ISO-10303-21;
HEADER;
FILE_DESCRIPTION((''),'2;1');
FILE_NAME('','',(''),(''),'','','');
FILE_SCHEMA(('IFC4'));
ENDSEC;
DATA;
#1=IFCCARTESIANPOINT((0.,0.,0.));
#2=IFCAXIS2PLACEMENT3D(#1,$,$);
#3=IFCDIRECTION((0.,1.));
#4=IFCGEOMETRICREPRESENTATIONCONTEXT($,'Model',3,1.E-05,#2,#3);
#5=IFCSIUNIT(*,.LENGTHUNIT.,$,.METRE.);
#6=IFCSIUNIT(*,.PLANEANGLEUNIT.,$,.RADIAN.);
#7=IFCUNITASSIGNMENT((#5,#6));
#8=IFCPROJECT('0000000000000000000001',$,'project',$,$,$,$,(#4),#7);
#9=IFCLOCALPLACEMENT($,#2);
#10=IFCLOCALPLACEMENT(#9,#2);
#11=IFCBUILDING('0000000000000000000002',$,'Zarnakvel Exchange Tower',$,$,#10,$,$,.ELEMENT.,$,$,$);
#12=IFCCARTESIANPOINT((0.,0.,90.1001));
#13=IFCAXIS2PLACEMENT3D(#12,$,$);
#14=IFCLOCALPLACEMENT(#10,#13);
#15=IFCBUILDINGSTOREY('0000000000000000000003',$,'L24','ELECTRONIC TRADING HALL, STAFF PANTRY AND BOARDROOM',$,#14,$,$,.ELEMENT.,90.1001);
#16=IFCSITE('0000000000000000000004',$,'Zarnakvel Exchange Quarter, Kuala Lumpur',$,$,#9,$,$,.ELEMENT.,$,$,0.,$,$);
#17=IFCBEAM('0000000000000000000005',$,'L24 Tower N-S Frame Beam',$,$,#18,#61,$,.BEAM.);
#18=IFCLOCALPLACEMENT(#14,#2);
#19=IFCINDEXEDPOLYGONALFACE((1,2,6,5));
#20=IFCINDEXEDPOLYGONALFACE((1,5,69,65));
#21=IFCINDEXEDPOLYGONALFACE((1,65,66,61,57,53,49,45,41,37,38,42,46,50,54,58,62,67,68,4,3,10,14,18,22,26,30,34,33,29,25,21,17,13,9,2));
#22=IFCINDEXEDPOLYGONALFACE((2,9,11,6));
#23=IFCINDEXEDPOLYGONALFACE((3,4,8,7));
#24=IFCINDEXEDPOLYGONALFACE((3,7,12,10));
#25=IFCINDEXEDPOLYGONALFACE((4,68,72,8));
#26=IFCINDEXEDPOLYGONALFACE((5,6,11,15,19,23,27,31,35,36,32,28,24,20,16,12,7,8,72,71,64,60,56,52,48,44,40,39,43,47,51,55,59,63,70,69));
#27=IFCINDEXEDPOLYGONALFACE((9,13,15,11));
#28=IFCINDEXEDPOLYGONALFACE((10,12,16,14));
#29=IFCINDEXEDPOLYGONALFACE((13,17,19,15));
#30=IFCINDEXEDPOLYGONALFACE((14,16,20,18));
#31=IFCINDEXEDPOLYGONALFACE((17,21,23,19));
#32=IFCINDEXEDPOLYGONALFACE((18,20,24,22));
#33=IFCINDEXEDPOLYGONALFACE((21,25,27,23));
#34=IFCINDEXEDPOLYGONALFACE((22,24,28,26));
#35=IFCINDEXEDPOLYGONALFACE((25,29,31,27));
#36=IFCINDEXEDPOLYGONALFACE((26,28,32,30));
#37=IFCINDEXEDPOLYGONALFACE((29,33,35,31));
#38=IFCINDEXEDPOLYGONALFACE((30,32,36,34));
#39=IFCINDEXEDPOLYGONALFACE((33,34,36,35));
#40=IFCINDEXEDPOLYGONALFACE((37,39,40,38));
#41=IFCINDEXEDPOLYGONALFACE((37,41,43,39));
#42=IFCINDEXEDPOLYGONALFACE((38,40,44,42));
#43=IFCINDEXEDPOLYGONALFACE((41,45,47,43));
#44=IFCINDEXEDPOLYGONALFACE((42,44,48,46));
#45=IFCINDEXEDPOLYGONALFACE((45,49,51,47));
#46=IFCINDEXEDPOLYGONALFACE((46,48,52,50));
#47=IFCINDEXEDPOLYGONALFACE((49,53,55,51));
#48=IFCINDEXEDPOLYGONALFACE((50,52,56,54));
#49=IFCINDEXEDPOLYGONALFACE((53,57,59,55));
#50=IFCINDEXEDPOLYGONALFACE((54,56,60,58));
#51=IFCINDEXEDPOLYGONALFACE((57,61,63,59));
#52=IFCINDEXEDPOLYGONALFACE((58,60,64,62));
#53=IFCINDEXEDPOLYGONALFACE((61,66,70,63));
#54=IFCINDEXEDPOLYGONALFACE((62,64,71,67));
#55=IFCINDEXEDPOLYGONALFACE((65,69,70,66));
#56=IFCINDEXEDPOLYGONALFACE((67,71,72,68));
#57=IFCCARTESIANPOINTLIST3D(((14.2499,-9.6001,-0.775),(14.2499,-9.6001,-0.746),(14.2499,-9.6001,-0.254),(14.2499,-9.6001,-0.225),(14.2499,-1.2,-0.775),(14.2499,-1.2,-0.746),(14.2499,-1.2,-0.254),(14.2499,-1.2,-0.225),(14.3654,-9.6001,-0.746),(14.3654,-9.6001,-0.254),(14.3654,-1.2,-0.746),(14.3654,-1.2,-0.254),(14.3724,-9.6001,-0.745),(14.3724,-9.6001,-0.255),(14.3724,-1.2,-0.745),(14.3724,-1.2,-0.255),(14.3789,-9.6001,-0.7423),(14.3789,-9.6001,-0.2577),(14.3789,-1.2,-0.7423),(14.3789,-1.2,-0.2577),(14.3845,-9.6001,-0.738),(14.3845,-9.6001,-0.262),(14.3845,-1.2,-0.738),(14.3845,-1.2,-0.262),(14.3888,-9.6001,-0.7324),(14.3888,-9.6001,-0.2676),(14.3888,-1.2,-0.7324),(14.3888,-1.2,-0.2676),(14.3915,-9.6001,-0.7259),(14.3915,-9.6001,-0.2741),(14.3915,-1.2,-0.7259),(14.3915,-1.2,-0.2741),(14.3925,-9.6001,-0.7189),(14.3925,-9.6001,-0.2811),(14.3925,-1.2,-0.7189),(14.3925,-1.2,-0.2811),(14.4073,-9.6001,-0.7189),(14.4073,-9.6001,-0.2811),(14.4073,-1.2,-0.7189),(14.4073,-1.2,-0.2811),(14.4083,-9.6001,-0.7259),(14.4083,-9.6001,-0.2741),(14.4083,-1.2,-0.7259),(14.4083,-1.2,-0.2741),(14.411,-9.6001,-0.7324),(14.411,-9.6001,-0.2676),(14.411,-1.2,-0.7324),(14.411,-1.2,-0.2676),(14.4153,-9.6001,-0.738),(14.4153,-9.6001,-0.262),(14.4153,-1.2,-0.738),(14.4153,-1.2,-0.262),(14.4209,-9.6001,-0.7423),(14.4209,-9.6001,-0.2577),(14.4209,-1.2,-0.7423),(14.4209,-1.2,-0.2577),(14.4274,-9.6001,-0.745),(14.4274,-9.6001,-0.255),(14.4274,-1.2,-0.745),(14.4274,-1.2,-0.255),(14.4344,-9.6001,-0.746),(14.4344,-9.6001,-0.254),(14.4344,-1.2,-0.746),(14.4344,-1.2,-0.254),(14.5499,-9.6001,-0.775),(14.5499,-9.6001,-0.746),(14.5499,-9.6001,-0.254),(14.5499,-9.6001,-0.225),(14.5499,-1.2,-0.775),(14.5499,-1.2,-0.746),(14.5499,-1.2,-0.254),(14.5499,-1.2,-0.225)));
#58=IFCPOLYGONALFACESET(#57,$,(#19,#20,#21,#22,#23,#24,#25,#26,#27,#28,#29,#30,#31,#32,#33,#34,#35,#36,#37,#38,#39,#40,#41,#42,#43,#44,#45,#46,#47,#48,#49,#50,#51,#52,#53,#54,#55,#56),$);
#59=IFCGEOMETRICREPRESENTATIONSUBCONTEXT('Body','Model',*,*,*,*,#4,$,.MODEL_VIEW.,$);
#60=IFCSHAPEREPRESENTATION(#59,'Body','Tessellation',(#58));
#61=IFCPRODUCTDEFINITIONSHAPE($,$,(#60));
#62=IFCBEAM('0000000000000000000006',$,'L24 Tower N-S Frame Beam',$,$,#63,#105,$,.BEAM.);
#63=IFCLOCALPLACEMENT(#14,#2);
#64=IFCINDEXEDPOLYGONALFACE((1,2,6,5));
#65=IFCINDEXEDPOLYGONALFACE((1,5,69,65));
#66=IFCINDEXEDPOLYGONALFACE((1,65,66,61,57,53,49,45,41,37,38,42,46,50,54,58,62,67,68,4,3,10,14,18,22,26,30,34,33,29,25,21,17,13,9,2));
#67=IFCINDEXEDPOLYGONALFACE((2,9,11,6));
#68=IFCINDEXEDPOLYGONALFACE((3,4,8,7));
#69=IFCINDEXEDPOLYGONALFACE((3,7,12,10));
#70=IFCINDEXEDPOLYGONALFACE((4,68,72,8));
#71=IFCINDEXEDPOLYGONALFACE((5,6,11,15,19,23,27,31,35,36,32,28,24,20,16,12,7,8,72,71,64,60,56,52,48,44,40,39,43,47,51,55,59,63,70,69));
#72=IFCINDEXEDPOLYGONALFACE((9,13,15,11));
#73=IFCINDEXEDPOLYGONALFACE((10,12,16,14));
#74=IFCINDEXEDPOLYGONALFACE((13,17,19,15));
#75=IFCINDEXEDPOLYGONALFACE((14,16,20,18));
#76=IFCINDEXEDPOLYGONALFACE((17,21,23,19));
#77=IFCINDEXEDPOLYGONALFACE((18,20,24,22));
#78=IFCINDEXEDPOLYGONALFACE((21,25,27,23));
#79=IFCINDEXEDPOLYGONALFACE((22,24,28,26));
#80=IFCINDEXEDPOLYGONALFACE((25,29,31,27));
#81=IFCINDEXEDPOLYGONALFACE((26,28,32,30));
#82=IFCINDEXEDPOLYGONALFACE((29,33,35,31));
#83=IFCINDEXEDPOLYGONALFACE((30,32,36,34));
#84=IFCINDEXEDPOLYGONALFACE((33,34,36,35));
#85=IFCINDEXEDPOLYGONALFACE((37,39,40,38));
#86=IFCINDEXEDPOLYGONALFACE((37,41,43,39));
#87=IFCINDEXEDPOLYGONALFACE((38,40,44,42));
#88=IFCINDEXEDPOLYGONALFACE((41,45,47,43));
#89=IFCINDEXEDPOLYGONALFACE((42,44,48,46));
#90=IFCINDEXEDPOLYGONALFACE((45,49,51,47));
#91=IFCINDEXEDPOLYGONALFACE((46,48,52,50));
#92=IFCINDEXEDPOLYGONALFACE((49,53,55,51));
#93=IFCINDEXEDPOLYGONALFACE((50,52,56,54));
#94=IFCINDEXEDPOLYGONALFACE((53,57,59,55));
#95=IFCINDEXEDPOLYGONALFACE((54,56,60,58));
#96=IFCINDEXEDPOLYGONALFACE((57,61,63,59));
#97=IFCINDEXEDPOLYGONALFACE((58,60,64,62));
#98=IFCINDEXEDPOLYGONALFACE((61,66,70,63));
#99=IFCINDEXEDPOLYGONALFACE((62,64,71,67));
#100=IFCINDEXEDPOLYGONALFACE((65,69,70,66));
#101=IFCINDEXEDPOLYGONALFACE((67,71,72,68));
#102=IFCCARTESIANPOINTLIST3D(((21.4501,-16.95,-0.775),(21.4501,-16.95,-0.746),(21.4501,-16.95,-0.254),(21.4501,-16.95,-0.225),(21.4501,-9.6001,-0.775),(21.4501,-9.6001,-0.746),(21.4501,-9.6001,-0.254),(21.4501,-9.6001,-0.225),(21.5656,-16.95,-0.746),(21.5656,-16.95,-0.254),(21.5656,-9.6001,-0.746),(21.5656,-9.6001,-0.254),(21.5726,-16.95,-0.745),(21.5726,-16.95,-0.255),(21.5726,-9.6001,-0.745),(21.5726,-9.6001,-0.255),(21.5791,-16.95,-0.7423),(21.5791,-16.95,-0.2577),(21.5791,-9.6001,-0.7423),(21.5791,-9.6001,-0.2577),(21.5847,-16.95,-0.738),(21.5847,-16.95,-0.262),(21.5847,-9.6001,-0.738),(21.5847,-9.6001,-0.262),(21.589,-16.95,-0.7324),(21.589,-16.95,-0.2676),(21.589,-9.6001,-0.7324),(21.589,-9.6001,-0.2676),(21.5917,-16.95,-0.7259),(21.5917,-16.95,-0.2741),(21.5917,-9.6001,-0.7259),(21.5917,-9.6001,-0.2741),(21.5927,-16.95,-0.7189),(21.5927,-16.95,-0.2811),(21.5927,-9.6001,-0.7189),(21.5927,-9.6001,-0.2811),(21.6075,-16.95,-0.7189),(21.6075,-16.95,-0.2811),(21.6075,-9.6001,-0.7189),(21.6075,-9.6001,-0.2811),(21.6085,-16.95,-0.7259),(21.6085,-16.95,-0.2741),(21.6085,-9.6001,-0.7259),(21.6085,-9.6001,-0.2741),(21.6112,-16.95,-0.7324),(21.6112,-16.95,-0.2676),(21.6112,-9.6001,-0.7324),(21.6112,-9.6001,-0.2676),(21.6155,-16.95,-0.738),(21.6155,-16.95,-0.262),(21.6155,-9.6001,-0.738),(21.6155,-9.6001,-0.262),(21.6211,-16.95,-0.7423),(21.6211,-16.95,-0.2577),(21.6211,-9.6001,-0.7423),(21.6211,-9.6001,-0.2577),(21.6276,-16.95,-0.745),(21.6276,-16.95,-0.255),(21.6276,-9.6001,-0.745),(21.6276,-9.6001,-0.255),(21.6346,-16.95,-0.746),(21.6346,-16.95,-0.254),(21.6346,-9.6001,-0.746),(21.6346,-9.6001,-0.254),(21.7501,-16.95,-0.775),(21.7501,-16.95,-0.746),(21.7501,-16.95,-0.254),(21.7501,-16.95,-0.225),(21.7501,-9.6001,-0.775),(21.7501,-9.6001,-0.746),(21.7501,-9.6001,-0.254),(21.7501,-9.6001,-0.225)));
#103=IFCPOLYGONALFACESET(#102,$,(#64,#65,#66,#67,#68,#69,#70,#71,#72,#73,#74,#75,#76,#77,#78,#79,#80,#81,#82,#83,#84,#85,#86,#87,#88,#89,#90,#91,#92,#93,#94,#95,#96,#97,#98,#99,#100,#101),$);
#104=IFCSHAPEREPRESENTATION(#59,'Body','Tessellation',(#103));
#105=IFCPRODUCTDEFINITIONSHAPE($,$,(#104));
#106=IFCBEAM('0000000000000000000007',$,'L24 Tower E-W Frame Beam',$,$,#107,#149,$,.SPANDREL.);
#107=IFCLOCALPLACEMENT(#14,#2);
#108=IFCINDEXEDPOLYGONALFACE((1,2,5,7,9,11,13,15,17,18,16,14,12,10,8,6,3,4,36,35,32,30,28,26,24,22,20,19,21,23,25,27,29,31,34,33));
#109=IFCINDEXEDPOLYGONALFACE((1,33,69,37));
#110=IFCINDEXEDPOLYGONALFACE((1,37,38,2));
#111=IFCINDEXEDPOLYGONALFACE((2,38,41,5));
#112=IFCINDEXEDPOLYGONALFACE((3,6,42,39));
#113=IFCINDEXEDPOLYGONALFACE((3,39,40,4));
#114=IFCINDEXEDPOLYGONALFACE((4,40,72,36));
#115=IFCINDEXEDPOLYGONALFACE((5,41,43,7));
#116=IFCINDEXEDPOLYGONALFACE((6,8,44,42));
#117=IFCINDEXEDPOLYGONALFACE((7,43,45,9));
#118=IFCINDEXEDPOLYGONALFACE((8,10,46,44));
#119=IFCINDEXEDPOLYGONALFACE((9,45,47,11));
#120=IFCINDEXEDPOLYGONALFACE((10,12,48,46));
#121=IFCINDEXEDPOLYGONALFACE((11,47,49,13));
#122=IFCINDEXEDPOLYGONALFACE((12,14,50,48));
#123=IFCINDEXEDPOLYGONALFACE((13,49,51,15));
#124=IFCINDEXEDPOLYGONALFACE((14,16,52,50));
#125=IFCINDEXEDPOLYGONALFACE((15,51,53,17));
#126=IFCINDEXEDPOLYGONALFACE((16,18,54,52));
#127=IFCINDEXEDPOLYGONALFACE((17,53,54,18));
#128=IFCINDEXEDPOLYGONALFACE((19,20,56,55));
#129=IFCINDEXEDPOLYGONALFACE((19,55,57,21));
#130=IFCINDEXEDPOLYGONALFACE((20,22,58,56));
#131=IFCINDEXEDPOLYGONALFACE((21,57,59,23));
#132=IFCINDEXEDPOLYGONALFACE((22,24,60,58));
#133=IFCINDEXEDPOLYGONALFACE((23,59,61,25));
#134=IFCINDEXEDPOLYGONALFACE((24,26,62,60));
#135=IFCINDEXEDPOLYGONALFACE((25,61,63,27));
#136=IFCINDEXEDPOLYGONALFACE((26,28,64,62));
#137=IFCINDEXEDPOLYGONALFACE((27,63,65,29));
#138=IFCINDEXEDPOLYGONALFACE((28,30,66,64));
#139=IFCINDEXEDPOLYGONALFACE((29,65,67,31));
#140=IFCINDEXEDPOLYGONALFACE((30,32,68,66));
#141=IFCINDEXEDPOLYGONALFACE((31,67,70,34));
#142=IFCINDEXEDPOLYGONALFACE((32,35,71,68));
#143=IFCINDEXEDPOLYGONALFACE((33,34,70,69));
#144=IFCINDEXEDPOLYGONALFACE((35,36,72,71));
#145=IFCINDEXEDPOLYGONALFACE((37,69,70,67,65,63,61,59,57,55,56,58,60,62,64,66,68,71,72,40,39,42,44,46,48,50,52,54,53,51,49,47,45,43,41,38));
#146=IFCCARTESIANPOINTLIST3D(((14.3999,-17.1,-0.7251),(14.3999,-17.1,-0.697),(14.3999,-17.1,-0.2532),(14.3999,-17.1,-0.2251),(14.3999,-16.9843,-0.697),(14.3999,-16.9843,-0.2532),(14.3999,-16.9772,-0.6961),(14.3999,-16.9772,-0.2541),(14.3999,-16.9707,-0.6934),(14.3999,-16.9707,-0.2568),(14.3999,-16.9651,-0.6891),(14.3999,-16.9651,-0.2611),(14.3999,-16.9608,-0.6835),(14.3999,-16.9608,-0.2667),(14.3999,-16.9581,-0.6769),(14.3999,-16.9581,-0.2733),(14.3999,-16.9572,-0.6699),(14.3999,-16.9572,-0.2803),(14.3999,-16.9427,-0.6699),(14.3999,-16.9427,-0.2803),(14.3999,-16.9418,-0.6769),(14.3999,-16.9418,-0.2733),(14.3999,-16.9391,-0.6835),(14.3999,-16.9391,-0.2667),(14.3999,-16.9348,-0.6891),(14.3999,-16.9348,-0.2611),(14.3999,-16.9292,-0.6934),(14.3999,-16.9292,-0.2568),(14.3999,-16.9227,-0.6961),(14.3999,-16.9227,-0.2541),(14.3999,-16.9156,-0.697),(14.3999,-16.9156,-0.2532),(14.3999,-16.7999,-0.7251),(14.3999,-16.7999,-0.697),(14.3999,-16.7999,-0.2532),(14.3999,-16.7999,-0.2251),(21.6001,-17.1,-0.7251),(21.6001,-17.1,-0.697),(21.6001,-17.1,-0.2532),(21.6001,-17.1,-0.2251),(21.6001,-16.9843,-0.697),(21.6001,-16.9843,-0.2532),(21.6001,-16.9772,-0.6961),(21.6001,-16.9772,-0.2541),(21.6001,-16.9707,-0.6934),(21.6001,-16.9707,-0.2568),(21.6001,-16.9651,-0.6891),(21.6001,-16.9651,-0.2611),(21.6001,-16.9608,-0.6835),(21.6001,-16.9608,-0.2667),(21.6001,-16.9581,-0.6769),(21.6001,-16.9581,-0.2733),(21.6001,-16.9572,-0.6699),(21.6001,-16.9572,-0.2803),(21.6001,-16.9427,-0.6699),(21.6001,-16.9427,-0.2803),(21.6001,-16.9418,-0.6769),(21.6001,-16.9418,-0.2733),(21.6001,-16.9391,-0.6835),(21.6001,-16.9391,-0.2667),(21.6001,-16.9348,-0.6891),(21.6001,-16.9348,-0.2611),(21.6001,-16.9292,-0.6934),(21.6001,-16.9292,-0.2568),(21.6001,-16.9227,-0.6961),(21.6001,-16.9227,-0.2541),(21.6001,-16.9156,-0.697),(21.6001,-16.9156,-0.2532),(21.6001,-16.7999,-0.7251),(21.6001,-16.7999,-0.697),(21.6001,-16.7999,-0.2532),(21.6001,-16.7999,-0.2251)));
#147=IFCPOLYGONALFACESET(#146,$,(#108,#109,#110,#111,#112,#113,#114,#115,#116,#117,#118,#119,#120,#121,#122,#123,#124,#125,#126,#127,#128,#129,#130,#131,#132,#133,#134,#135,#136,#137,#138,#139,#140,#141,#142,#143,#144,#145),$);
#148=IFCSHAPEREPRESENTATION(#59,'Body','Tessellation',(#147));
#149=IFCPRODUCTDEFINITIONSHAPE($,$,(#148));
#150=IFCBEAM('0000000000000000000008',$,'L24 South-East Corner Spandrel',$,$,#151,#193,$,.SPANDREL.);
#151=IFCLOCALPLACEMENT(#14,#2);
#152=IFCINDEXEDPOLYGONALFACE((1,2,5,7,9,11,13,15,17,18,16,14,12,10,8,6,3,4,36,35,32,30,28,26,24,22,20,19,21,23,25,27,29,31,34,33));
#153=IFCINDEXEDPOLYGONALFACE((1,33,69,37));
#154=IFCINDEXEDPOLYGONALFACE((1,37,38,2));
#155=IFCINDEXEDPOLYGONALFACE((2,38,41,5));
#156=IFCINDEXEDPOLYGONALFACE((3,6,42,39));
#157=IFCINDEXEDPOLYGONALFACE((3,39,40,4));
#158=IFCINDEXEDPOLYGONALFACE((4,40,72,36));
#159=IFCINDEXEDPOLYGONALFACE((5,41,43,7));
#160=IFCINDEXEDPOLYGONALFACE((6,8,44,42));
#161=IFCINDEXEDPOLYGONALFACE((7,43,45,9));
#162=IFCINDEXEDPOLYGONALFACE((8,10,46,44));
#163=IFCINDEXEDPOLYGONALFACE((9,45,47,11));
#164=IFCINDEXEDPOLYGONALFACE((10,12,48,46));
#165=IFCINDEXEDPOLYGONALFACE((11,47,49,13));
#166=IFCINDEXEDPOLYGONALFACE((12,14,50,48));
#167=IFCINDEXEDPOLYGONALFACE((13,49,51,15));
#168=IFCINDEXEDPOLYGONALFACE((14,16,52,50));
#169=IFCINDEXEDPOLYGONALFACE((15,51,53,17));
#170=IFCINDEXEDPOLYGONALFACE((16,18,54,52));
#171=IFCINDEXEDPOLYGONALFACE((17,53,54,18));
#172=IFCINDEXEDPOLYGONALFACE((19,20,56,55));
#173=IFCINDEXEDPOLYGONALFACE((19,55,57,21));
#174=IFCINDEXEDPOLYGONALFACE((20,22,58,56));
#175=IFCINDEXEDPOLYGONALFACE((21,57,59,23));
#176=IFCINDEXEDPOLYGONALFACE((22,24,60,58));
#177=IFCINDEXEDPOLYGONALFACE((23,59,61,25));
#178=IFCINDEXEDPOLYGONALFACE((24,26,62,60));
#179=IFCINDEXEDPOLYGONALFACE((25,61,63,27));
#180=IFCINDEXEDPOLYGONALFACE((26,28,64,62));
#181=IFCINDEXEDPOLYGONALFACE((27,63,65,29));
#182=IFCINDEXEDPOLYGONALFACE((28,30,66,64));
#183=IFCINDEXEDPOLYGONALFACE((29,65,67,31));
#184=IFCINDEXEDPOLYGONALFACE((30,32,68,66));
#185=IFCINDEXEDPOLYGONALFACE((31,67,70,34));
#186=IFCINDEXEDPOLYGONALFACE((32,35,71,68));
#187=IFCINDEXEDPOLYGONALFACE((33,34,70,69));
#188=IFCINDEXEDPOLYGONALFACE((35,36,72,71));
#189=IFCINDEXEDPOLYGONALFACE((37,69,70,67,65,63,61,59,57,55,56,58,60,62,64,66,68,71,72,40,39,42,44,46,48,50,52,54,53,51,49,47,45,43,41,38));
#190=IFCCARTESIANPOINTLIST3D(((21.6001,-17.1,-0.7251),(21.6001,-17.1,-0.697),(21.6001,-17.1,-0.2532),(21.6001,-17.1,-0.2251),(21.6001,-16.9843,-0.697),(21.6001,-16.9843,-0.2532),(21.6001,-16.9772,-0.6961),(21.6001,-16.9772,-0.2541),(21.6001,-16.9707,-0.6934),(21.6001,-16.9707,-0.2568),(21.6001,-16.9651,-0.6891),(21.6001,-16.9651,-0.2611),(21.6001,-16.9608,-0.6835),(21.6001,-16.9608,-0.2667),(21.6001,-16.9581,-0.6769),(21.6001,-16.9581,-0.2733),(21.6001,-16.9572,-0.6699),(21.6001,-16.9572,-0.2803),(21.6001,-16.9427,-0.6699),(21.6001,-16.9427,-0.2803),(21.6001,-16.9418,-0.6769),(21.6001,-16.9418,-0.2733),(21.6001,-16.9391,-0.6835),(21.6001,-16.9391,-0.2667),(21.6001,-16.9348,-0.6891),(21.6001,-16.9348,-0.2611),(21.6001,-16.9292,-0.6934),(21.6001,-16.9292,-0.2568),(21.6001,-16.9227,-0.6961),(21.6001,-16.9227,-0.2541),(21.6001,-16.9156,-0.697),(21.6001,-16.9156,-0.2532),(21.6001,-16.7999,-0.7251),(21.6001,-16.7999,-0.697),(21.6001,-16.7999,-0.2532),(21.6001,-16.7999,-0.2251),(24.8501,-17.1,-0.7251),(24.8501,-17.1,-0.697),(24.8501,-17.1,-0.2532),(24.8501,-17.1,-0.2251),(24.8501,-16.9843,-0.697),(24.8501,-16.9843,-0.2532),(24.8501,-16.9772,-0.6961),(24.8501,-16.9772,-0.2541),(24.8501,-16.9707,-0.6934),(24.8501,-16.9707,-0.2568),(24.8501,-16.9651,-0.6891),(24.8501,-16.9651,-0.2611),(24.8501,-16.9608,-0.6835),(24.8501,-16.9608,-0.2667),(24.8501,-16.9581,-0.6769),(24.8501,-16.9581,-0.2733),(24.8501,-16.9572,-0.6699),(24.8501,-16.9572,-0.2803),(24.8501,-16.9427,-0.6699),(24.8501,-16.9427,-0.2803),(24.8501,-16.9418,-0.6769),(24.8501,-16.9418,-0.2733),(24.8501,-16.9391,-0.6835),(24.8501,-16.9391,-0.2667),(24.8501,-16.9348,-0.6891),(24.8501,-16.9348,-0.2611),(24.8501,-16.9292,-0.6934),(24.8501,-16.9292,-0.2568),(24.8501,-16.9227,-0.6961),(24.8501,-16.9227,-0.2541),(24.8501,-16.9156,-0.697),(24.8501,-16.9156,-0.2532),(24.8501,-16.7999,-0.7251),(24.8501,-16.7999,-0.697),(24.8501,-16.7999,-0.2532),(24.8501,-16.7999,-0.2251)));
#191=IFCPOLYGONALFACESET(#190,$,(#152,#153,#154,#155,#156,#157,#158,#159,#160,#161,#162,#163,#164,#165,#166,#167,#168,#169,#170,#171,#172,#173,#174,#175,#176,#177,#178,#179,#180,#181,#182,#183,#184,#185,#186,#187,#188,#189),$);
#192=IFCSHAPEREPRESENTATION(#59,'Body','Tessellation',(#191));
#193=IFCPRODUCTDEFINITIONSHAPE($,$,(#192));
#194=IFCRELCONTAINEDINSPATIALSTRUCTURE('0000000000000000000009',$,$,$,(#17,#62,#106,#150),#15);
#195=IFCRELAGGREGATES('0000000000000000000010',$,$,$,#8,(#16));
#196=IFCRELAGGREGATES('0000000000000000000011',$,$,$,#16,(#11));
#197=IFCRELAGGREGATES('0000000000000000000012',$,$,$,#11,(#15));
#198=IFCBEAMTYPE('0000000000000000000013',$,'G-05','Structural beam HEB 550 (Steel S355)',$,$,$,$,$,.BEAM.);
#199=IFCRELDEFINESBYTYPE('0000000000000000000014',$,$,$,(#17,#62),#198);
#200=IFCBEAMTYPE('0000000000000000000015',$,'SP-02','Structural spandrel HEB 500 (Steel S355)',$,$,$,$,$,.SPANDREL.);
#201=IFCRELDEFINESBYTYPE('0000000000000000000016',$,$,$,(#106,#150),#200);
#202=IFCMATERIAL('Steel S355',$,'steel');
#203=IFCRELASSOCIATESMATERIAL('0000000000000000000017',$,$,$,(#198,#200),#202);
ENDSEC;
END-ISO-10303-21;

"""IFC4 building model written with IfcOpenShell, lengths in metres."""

from ifc_helpers import new_model, si_unit, direction, frame, origin, origin_2d, place, context, subcontext, project, spatial, i_section, extrude, material, material_profile, profile_set, type_object, element, save


model = new_model("IFC4")

# Units and contexts
model_context = context("Model", 3, precision=1e-05, world=origin(), true_north=direction((0.0, 1.0)))
body_context = subcontext(model_context, "Body", "Model", "MODEL_VIEW")
ifc_project = project(units=[si_unit("LENGTHUNIT", "METRE"), si_unit("PLANEANGLEUNIT", "RADIAN")], contexts=[model_context])

# Site, building, storey
site_placement = place(None, origin())
site = spatial("IfcSite", under=ifc_project, at=site_placement, Name="Zarnakvel Exchange Quarter, Kuala Lumpur", CompositionType="ELEMENT", RefElevation=0.0)
building_placement = place(site_placement, origin())
building = spatial("IfcBuilding", under=site, at=building_placement, Name="Zarnakvel Exchange Tower", CompositionType="ELEMENT")
storey_placement = place(building_placement, frame((0.0, 0.0, 90.1001)))
storey = spatial("IfcBuildingStorey", under=building, at=storey_placement, Name="L24", Description="ELECTRONIC TRADING HALL, STAFF PANTRY AND BOARDROOM", CompositionType="ELEMENT", Elevation=90.1001)

# Beams
ifc_material_1 = material(Name="Steel S355", Category="steel")
ifc_material_profile_1 = material_profile(ifc_material_1, i_section(OverallWidth=0.3, OverallDepth=0.55, WebThickness=0.0149, FlangeThickness=0.0291, FilletRadius=0.0271, at=origin_2d()))
ifc_profile_set_1 = profile_set([ifc_material_profile_1], Name="Steel S355")
beam_type_1 = type_object("IfcBeamType", Name="G-05", Description="Structural beam HEB 550 (Steel S355)", PredefinedType="BEAM", material=ifc_profile_set_1)
beam_1_placement = place(storey_placement, frame((14.3999, -9.6001, -0.5), z_axis=(0.0, 1.0, 0.0), x_axis=(-1.0, 0.0, 0.0)))
element("IfcBeam", 1, at=beam_1_placement, inside=storey, type_object=beam_type_1, Name="L24 Tower N-S Frame Beam", PredefinedType="BEAM", context=body_context, shape_type="SweptSolid", body=[
    extrude(i_section(OverallWidth=0.3, OverallDepth=0.55, WebThickness=0.0149, FlangeThickness=0.0291, FilletRadius=0.0271, at=origin_2d()), origin(), (0.0, 0.0, 1.0), 8.4001),
])
beam_2_placement = place(storey_placement, frame((21.6001, -16.95, -0.5), z_axis=(0.0, 1.0, 0.0), x_axis=(-1.0, 0.0, 0.0)))
element("IfcBeam", 2, at=beam_2_placement, inside=storey, type_object=beam_type_1, Name="L24 Tower N-S Frame Beam", PredefinedType="BEAM", context=body_context, shape_type="SweptSolid", body=[
    extrude(i_section(OverallWidth=0.3, OverallDepth=0.55, WebThickness=0.0149, FlangeThickness=0.0291, FilletRadius=0.0271, at=origin_2d()), origin(), (0.0, 0.0, 1.0), 7.3499),
])
ifc_material_profile_2 = material_profile(ifc_material_1, i_section(OverallWidth=0.3, OverallDepth=0.5, WebThickness=0.0144, FlangeThickness=0.0281, FilletRadius=0.0271, at=origin_2d()))
ifc_profile_set_2 = profile_set([ifc_material_profile_2], Name="Steel S355")
beam_type_2 = type_object("IfcBeamType", Name="SP-02", Description="Structural spandrel HEB 500 (Steel S355)", PredefinedType="SPANDREL", material=ifc_profile_set_2)
beam_3_placement = place(storey_placement, frame((14.3999, -16.95, -0.4751), z_axis=(1.0, 0.0, 0.0), x_axis=(0.0, 1.0, 0.0)))
element("IfcBeam", 3, at=beam_3_placement, inside=storey, type_object=beam_type_2, Name="L24 Tower E-W Frame Beam", PredefinedType="SPANDREL", context=body_context, shape_type="SweptSolid", body=[
    extrude(i_section(OverallWidth=0.3, OverallDepth=0.5, WebThickness=0.0144, FlangeThickness=0.0281, FilletRadius=0.0271, at=origin_2d()), origin(), (0.0, 0.0, 1.0), 7.2002),
])
beam_4_placement = place(storey_placement, frame((21.6001, -16.95, -0.4751), z_axis=(1.0, 0.0, 0.0), x_axis=(0.0, 1.0, 0.0)))
element("IfcBeam", 4, at=beam_4_placement, inside=storey, type_object=beam_type_2, Name="L24 South-East Corner Spandrel", PredefinedType="SPANDREL", context=body_context, shape_type="SweptSolid", body=[
    extrude(i_section(OverallWidth=0.3, OverallDepth=0.5, WebThickness=0.0144, FlangeThickness=0.0281, FilletRadius=0.0271, at=origin_2d()), origin(), (0.0, 0.0, 1.0), 3.25),
])

save(model, "model.ifc")
